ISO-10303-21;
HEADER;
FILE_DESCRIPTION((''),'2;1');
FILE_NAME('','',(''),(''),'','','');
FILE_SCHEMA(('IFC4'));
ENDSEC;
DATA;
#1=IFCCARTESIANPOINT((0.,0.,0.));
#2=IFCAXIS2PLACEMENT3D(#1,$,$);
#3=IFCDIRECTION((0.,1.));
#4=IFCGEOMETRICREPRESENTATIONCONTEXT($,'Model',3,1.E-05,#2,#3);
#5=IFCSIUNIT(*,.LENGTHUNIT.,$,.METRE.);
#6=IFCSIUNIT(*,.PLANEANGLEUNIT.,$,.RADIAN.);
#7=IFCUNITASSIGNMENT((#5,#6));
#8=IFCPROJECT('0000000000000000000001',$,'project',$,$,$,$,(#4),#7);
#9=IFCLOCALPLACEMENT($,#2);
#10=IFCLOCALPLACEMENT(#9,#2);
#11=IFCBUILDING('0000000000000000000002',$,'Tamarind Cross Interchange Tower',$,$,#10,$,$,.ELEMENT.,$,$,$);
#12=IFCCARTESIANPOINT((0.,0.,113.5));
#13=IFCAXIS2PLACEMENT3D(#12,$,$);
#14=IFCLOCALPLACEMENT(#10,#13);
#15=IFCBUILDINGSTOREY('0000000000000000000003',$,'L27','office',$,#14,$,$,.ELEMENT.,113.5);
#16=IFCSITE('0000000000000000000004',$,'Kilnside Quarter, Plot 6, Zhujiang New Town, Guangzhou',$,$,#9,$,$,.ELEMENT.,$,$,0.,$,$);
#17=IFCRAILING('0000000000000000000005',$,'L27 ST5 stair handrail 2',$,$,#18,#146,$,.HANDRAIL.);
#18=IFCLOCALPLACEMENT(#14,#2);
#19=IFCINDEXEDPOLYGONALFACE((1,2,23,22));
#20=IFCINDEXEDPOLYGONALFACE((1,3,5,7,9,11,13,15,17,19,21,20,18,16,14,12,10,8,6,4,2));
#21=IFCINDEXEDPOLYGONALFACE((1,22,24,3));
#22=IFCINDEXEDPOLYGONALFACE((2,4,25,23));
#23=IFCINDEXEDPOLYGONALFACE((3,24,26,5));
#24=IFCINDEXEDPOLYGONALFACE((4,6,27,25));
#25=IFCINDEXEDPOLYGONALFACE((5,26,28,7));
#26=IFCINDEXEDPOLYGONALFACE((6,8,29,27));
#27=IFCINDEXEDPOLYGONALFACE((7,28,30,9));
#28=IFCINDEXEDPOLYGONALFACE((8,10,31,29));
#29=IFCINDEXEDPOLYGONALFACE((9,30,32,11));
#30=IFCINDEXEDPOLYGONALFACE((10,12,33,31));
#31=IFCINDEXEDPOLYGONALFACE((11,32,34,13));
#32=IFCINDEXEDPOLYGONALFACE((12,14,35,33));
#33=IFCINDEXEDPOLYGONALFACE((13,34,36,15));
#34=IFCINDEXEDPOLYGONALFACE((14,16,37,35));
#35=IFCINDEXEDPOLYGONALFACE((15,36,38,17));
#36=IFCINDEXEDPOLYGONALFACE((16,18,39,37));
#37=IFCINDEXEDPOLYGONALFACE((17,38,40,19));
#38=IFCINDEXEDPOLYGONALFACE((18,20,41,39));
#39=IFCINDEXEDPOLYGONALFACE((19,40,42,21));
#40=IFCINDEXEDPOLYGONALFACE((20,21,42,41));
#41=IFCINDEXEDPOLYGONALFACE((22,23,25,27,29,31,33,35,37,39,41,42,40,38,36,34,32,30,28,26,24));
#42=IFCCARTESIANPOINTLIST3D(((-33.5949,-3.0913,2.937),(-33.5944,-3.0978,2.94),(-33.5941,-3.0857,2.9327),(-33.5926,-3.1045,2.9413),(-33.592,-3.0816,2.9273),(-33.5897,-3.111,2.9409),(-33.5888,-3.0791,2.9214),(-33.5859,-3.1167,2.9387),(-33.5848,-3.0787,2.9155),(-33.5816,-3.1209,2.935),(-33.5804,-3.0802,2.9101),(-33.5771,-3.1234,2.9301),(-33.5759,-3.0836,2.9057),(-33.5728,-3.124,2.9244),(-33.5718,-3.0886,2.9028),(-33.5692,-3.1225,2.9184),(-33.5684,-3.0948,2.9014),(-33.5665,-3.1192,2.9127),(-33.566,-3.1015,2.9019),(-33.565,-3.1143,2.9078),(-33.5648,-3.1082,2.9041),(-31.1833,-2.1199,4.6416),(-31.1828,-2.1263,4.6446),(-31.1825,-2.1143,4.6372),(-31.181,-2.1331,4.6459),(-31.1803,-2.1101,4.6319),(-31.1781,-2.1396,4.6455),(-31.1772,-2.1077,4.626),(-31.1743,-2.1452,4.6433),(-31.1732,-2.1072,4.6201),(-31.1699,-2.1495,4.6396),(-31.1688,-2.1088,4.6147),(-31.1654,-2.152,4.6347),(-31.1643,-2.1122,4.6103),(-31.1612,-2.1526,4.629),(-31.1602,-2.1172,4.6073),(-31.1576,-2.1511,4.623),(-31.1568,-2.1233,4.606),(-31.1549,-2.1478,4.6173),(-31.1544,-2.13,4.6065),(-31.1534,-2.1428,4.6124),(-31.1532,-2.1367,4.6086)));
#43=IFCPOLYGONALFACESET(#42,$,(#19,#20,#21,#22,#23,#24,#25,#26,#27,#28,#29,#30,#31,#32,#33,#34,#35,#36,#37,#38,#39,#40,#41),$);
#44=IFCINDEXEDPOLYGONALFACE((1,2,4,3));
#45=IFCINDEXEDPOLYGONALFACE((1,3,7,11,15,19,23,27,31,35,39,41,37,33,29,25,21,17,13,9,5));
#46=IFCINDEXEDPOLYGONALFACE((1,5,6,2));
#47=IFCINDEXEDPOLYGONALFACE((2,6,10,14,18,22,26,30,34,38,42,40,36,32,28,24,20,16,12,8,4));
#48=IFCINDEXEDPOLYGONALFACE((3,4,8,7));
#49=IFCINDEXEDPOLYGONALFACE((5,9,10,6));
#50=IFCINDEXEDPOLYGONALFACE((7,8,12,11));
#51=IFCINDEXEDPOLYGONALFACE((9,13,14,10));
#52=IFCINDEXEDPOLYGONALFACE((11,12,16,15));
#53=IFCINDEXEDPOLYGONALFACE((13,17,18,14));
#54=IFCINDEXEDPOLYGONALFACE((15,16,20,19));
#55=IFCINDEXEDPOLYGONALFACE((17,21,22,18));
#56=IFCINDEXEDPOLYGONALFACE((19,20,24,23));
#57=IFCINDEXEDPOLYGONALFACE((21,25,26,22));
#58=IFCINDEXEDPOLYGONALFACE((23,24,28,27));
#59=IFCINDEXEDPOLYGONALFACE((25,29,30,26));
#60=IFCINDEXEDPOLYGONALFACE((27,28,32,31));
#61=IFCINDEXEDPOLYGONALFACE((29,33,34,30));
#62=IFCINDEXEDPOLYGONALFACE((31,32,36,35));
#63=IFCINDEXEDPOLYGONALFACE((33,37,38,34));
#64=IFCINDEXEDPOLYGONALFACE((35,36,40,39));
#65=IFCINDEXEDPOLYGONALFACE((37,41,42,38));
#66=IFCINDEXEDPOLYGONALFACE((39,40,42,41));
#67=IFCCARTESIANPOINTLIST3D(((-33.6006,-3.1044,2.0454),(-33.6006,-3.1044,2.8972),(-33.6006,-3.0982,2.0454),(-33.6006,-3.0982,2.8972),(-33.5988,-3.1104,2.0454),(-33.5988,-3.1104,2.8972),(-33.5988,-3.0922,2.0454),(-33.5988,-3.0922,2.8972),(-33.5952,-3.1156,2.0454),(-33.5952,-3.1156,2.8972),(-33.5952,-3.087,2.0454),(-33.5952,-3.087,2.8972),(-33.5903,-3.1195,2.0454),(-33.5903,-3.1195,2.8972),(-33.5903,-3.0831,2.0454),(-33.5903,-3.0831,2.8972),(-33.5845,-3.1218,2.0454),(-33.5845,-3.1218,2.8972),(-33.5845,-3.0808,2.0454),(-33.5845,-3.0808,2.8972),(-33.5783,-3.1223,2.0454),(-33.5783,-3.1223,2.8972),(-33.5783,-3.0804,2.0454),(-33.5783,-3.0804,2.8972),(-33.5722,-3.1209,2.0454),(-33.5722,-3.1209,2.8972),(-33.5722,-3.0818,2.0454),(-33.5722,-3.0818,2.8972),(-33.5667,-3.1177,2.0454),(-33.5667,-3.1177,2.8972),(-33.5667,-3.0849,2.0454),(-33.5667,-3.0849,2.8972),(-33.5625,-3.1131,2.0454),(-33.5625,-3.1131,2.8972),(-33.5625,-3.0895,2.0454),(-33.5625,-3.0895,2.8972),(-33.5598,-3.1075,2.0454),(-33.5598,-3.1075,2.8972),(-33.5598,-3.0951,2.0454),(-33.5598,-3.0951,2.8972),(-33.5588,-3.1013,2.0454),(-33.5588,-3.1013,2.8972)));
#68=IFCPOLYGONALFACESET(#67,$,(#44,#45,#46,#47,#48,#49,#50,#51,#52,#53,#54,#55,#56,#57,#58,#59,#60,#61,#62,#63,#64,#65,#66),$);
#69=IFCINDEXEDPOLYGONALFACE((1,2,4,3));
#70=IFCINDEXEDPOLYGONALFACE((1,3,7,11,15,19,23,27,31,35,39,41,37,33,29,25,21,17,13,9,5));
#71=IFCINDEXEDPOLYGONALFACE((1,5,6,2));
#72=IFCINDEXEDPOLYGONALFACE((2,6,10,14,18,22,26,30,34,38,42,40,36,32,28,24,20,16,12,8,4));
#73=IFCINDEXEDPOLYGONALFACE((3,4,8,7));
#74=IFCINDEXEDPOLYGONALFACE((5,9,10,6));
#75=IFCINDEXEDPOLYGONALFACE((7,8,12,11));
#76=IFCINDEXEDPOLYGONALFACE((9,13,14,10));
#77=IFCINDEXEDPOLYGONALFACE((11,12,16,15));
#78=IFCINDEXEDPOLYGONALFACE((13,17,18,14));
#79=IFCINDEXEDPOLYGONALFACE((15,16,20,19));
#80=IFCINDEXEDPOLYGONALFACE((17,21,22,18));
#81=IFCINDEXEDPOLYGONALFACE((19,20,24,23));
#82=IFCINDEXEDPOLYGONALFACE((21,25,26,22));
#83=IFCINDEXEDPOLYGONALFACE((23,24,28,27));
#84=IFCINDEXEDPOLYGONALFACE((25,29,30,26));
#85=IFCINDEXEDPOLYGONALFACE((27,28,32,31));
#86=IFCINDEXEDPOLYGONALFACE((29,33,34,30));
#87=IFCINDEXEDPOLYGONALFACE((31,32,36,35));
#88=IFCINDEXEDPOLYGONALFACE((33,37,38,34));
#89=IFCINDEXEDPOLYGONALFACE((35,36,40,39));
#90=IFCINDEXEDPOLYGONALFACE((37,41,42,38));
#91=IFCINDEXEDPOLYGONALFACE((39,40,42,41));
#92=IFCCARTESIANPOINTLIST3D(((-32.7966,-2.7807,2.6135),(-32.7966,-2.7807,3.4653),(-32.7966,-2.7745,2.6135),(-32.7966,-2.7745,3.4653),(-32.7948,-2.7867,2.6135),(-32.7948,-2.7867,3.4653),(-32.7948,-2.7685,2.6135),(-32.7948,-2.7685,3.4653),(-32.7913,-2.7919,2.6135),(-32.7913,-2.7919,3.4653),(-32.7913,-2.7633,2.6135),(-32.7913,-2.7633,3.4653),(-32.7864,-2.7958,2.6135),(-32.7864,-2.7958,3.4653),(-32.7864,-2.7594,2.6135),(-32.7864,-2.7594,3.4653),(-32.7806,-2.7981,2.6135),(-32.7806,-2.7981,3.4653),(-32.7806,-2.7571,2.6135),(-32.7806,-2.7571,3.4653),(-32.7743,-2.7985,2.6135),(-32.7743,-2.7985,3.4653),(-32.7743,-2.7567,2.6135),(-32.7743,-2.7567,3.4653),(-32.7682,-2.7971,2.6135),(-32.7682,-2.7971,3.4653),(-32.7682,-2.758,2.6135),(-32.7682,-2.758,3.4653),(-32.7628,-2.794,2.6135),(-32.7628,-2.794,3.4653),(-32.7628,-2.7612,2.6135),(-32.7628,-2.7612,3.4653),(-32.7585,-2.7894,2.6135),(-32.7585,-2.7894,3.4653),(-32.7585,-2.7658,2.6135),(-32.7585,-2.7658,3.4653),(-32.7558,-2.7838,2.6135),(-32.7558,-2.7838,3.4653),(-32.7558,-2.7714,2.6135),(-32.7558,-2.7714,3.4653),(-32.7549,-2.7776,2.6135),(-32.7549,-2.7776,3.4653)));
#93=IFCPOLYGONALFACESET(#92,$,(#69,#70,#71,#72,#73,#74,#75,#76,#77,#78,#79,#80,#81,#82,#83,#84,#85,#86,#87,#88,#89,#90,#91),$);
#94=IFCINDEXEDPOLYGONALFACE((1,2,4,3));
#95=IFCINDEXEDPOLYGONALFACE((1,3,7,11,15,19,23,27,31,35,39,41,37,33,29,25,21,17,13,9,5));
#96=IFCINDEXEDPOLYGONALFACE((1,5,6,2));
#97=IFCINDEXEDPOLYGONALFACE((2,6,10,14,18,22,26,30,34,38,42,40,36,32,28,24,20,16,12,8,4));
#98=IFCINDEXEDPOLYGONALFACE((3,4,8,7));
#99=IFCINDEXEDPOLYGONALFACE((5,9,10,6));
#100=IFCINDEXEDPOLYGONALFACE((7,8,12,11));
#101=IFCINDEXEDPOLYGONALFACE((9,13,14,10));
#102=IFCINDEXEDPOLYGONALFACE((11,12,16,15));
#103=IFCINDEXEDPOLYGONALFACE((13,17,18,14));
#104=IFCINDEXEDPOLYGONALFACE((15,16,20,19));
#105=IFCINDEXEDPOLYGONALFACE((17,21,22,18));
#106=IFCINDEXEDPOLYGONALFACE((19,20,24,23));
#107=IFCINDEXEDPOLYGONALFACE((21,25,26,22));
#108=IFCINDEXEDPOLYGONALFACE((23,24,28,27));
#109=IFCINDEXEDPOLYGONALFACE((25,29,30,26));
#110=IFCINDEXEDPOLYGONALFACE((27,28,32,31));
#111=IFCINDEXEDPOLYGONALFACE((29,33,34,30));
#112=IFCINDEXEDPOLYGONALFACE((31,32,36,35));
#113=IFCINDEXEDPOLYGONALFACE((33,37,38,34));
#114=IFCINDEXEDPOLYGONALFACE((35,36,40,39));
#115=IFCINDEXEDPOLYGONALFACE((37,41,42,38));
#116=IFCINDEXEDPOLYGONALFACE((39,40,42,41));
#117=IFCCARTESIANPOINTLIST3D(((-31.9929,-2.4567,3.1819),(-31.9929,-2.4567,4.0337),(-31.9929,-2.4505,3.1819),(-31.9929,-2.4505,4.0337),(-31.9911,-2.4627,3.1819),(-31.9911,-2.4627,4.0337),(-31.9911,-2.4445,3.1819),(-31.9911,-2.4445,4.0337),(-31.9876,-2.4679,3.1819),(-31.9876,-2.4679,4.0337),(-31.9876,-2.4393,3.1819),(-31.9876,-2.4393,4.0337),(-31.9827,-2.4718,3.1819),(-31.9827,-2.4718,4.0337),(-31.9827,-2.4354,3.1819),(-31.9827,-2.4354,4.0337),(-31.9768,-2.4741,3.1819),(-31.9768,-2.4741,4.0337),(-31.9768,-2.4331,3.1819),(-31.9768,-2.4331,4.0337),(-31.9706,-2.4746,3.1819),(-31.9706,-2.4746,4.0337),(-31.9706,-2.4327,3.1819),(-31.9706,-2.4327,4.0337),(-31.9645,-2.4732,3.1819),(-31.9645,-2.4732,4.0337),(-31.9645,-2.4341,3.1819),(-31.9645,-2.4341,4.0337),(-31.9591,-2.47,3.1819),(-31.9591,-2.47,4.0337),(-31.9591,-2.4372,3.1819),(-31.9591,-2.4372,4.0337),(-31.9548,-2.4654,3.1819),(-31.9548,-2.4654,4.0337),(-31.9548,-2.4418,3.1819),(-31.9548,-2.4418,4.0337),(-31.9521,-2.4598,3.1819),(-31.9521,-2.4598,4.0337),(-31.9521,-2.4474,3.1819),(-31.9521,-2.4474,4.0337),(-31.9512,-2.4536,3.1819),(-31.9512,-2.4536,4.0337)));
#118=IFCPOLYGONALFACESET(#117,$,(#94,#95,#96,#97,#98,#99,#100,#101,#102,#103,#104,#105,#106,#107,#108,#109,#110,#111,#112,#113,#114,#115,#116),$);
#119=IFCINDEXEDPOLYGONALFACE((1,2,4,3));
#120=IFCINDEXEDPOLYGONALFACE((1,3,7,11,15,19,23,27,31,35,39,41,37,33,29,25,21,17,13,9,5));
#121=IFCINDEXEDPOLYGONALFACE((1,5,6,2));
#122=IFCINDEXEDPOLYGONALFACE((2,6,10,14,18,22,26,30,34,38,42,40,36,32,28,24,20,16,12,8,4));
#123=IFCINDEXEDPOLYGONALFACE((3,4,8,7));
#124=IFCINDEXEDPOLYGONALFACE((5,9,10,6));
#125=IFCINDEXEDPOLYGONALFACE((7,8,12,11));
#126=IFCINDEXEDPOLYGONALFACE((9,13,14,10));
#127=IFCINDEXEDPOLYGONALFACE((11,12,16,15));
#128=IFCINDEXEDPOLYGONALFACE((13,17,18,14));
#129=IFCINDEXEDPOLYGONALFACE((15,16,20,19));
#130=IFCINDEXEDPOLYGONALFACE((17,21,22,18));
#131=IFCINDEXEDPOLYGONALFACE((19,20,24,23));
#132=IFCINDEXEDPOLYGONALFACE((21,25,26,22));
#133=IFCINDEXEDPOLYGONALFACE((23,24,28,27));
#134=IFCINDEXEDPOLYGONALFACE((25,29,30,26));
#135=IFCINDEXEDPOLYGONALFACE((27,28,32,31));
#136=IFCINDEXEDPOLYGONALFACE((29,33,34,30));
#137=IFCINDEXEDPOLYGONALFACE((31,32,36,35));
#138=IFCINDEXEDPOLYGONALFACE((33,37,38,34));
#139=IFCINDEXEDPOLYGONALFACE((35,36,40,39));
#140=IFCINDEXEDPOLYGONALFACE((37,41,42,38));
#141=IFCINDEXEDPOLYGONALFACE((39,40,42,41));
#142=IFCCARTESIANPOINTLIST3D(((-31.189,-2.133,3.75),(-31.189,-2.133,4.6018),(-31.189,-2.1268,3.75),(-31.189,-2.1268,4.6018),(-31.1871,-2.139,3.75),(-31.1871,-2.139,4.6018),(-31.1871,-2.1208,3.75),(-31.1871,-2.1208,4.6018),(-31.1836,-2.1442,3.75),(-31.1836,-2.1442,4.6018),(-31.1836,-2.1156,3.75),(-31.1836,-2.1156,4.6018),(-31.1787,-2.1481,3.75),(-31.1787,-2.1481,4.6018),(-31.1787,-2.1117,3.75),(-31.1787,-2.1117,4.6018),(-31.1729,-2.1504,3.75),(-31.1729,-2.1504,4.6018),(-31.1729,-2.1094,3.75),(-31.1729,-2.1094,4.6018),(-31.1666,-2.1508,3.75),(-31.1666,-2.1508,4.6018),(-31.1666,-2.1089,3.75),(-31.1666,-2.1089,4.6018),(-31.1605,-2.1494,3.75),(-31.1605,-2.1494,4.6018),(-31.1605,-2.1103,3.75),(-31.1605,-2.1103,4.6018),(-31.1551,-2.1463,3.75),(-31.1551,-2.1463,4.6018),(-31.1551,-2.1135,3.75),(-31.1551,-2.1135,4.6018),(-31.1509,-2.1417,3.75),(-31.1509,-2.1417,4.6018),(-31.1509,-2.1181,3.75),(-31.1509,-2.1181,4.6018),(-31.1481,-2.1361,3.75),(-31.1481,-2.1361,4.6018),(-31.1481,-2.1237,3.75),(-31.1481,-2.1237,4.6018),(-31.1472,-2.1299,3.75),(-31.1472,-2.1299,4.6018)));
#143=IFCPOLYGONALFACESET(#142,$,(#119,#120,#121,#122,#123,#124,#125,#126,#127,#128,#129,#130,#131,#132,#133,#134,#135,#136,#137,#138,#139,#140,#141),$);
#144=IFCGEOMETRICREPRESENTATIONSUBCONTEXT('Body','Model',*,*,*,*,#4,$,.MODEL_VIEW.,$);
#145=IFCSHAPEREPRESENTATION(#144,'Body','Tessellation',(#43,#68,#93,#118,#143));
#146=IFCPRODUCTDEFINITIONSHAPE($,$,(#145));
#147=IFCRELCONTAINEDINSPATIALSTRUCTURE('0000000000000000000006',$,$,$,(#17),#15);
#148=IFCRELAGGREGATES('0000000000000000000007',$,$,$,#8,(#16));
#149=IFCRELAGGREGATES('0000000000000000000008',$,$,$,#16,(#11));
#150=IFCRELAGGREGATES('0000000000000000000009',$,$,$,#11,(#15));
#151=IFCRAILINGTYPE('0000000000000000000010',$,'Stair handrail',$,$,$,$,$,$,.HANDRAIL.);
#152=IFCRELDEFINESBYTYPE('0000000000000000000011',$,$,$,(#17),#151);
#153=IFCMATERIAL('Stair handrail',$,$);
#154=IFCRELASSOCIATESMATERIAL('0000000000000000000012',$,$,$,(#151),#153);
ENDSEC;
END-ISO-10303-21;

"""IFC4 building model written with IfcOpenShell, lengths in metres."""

from ifc_helpers import new_model, si_unit, direction, frame, origin, origin_2d, place, context, subcontext, project, spatial, circle, extrude, material, type_object, element, save


model = new_model("IFC4")

# Units and contexts
model_context = context("Model", 3, precision=1e-05, world=origin(), true_north=direction((0.0, 1.0)))
body_context = subcontext(model_context, "Body", "Model", "MODEL_VIEW")
ifc_project = project(units=[si_unit("LENGTHUNIT", "METRE"), si_unit("PLANEANGLEUNIT", "RADIAN")], contexts=[model_context])

# Site, building, storey
site_placement = place(None, origin())
site = spatial("IfcSite", under=ifc_project, at=site_placement, Name="Kilnside Quarter, Plot 6, Zhujiang New Town, Guangzhou", CompositionType="ELEMENT", RefElevation=0.0)
building_placement = place(site_placement, origin())
building = spatial("IfcBuilding", under=site, at=building_placement, Name="Tamarind Cross Interchange Tower", CompositionType="ELEMENT")
storey_placement = place(building_placement, frame((0.0, 0.0, 113.5)))
storey = spatial("IfcBuildingStorey", under=building, at=storey_placement, Name="L27", Description="office", CompositionType="ELEMENT", Elevation=113.5)

# Railing
ifc_material_1 = material(Name="Stair handrail")
railing_type_1 = type_object("IfcRailingType", Name="Stair handrail", PredefinedType="HANDRAIL", material=ifc_material_1)
railing_1_placement = place(storey_placement, frame((-33.5798, -3.1013, 2.0454)))
element("IfcRailing", 1, at=railing_1_placement, inside=storey, type_object=railing_type_1, Name="L27 ST5 stair handrail 2", PredefinedType="HANDRAIL", context=body_context, shape_type="SweptSolid", body=[
    extrude(circle(Radius=0.0239, at=origin_2d()), frame((0.0, 0.0, 0.876), z_axis=(0.775716, 0.31247, 0.548294), x_axis=(-0.37364, 0.927574, 0.0)), (0.0, 0.0, 1.0), 3.1089),
    extrude(circle(Radius=0.021, at=origin_2d()), origin(), (0.0, 0.0, 1.0), 0.8518),
    extrude(circle(Radius=0.021, at=origin_2d()), frame((0.804, 0.3237, 0.5681)), (0.0, 0.0, 1.0), 0.8518),
    extrude(circle(Radius=0.021, at=origin_2d()), frame((1.6077, 0.6477, 1.1365)), (0.0, 0.0, 1.0), 0.8518),
    extrude(circle(Radius=0.021, at=origin_2d()), frame((2.4116, 0.9714, 1.7046)), (0.0, 0.0, 1.0), 0.8518),
])

save(model, "model.ifc")
